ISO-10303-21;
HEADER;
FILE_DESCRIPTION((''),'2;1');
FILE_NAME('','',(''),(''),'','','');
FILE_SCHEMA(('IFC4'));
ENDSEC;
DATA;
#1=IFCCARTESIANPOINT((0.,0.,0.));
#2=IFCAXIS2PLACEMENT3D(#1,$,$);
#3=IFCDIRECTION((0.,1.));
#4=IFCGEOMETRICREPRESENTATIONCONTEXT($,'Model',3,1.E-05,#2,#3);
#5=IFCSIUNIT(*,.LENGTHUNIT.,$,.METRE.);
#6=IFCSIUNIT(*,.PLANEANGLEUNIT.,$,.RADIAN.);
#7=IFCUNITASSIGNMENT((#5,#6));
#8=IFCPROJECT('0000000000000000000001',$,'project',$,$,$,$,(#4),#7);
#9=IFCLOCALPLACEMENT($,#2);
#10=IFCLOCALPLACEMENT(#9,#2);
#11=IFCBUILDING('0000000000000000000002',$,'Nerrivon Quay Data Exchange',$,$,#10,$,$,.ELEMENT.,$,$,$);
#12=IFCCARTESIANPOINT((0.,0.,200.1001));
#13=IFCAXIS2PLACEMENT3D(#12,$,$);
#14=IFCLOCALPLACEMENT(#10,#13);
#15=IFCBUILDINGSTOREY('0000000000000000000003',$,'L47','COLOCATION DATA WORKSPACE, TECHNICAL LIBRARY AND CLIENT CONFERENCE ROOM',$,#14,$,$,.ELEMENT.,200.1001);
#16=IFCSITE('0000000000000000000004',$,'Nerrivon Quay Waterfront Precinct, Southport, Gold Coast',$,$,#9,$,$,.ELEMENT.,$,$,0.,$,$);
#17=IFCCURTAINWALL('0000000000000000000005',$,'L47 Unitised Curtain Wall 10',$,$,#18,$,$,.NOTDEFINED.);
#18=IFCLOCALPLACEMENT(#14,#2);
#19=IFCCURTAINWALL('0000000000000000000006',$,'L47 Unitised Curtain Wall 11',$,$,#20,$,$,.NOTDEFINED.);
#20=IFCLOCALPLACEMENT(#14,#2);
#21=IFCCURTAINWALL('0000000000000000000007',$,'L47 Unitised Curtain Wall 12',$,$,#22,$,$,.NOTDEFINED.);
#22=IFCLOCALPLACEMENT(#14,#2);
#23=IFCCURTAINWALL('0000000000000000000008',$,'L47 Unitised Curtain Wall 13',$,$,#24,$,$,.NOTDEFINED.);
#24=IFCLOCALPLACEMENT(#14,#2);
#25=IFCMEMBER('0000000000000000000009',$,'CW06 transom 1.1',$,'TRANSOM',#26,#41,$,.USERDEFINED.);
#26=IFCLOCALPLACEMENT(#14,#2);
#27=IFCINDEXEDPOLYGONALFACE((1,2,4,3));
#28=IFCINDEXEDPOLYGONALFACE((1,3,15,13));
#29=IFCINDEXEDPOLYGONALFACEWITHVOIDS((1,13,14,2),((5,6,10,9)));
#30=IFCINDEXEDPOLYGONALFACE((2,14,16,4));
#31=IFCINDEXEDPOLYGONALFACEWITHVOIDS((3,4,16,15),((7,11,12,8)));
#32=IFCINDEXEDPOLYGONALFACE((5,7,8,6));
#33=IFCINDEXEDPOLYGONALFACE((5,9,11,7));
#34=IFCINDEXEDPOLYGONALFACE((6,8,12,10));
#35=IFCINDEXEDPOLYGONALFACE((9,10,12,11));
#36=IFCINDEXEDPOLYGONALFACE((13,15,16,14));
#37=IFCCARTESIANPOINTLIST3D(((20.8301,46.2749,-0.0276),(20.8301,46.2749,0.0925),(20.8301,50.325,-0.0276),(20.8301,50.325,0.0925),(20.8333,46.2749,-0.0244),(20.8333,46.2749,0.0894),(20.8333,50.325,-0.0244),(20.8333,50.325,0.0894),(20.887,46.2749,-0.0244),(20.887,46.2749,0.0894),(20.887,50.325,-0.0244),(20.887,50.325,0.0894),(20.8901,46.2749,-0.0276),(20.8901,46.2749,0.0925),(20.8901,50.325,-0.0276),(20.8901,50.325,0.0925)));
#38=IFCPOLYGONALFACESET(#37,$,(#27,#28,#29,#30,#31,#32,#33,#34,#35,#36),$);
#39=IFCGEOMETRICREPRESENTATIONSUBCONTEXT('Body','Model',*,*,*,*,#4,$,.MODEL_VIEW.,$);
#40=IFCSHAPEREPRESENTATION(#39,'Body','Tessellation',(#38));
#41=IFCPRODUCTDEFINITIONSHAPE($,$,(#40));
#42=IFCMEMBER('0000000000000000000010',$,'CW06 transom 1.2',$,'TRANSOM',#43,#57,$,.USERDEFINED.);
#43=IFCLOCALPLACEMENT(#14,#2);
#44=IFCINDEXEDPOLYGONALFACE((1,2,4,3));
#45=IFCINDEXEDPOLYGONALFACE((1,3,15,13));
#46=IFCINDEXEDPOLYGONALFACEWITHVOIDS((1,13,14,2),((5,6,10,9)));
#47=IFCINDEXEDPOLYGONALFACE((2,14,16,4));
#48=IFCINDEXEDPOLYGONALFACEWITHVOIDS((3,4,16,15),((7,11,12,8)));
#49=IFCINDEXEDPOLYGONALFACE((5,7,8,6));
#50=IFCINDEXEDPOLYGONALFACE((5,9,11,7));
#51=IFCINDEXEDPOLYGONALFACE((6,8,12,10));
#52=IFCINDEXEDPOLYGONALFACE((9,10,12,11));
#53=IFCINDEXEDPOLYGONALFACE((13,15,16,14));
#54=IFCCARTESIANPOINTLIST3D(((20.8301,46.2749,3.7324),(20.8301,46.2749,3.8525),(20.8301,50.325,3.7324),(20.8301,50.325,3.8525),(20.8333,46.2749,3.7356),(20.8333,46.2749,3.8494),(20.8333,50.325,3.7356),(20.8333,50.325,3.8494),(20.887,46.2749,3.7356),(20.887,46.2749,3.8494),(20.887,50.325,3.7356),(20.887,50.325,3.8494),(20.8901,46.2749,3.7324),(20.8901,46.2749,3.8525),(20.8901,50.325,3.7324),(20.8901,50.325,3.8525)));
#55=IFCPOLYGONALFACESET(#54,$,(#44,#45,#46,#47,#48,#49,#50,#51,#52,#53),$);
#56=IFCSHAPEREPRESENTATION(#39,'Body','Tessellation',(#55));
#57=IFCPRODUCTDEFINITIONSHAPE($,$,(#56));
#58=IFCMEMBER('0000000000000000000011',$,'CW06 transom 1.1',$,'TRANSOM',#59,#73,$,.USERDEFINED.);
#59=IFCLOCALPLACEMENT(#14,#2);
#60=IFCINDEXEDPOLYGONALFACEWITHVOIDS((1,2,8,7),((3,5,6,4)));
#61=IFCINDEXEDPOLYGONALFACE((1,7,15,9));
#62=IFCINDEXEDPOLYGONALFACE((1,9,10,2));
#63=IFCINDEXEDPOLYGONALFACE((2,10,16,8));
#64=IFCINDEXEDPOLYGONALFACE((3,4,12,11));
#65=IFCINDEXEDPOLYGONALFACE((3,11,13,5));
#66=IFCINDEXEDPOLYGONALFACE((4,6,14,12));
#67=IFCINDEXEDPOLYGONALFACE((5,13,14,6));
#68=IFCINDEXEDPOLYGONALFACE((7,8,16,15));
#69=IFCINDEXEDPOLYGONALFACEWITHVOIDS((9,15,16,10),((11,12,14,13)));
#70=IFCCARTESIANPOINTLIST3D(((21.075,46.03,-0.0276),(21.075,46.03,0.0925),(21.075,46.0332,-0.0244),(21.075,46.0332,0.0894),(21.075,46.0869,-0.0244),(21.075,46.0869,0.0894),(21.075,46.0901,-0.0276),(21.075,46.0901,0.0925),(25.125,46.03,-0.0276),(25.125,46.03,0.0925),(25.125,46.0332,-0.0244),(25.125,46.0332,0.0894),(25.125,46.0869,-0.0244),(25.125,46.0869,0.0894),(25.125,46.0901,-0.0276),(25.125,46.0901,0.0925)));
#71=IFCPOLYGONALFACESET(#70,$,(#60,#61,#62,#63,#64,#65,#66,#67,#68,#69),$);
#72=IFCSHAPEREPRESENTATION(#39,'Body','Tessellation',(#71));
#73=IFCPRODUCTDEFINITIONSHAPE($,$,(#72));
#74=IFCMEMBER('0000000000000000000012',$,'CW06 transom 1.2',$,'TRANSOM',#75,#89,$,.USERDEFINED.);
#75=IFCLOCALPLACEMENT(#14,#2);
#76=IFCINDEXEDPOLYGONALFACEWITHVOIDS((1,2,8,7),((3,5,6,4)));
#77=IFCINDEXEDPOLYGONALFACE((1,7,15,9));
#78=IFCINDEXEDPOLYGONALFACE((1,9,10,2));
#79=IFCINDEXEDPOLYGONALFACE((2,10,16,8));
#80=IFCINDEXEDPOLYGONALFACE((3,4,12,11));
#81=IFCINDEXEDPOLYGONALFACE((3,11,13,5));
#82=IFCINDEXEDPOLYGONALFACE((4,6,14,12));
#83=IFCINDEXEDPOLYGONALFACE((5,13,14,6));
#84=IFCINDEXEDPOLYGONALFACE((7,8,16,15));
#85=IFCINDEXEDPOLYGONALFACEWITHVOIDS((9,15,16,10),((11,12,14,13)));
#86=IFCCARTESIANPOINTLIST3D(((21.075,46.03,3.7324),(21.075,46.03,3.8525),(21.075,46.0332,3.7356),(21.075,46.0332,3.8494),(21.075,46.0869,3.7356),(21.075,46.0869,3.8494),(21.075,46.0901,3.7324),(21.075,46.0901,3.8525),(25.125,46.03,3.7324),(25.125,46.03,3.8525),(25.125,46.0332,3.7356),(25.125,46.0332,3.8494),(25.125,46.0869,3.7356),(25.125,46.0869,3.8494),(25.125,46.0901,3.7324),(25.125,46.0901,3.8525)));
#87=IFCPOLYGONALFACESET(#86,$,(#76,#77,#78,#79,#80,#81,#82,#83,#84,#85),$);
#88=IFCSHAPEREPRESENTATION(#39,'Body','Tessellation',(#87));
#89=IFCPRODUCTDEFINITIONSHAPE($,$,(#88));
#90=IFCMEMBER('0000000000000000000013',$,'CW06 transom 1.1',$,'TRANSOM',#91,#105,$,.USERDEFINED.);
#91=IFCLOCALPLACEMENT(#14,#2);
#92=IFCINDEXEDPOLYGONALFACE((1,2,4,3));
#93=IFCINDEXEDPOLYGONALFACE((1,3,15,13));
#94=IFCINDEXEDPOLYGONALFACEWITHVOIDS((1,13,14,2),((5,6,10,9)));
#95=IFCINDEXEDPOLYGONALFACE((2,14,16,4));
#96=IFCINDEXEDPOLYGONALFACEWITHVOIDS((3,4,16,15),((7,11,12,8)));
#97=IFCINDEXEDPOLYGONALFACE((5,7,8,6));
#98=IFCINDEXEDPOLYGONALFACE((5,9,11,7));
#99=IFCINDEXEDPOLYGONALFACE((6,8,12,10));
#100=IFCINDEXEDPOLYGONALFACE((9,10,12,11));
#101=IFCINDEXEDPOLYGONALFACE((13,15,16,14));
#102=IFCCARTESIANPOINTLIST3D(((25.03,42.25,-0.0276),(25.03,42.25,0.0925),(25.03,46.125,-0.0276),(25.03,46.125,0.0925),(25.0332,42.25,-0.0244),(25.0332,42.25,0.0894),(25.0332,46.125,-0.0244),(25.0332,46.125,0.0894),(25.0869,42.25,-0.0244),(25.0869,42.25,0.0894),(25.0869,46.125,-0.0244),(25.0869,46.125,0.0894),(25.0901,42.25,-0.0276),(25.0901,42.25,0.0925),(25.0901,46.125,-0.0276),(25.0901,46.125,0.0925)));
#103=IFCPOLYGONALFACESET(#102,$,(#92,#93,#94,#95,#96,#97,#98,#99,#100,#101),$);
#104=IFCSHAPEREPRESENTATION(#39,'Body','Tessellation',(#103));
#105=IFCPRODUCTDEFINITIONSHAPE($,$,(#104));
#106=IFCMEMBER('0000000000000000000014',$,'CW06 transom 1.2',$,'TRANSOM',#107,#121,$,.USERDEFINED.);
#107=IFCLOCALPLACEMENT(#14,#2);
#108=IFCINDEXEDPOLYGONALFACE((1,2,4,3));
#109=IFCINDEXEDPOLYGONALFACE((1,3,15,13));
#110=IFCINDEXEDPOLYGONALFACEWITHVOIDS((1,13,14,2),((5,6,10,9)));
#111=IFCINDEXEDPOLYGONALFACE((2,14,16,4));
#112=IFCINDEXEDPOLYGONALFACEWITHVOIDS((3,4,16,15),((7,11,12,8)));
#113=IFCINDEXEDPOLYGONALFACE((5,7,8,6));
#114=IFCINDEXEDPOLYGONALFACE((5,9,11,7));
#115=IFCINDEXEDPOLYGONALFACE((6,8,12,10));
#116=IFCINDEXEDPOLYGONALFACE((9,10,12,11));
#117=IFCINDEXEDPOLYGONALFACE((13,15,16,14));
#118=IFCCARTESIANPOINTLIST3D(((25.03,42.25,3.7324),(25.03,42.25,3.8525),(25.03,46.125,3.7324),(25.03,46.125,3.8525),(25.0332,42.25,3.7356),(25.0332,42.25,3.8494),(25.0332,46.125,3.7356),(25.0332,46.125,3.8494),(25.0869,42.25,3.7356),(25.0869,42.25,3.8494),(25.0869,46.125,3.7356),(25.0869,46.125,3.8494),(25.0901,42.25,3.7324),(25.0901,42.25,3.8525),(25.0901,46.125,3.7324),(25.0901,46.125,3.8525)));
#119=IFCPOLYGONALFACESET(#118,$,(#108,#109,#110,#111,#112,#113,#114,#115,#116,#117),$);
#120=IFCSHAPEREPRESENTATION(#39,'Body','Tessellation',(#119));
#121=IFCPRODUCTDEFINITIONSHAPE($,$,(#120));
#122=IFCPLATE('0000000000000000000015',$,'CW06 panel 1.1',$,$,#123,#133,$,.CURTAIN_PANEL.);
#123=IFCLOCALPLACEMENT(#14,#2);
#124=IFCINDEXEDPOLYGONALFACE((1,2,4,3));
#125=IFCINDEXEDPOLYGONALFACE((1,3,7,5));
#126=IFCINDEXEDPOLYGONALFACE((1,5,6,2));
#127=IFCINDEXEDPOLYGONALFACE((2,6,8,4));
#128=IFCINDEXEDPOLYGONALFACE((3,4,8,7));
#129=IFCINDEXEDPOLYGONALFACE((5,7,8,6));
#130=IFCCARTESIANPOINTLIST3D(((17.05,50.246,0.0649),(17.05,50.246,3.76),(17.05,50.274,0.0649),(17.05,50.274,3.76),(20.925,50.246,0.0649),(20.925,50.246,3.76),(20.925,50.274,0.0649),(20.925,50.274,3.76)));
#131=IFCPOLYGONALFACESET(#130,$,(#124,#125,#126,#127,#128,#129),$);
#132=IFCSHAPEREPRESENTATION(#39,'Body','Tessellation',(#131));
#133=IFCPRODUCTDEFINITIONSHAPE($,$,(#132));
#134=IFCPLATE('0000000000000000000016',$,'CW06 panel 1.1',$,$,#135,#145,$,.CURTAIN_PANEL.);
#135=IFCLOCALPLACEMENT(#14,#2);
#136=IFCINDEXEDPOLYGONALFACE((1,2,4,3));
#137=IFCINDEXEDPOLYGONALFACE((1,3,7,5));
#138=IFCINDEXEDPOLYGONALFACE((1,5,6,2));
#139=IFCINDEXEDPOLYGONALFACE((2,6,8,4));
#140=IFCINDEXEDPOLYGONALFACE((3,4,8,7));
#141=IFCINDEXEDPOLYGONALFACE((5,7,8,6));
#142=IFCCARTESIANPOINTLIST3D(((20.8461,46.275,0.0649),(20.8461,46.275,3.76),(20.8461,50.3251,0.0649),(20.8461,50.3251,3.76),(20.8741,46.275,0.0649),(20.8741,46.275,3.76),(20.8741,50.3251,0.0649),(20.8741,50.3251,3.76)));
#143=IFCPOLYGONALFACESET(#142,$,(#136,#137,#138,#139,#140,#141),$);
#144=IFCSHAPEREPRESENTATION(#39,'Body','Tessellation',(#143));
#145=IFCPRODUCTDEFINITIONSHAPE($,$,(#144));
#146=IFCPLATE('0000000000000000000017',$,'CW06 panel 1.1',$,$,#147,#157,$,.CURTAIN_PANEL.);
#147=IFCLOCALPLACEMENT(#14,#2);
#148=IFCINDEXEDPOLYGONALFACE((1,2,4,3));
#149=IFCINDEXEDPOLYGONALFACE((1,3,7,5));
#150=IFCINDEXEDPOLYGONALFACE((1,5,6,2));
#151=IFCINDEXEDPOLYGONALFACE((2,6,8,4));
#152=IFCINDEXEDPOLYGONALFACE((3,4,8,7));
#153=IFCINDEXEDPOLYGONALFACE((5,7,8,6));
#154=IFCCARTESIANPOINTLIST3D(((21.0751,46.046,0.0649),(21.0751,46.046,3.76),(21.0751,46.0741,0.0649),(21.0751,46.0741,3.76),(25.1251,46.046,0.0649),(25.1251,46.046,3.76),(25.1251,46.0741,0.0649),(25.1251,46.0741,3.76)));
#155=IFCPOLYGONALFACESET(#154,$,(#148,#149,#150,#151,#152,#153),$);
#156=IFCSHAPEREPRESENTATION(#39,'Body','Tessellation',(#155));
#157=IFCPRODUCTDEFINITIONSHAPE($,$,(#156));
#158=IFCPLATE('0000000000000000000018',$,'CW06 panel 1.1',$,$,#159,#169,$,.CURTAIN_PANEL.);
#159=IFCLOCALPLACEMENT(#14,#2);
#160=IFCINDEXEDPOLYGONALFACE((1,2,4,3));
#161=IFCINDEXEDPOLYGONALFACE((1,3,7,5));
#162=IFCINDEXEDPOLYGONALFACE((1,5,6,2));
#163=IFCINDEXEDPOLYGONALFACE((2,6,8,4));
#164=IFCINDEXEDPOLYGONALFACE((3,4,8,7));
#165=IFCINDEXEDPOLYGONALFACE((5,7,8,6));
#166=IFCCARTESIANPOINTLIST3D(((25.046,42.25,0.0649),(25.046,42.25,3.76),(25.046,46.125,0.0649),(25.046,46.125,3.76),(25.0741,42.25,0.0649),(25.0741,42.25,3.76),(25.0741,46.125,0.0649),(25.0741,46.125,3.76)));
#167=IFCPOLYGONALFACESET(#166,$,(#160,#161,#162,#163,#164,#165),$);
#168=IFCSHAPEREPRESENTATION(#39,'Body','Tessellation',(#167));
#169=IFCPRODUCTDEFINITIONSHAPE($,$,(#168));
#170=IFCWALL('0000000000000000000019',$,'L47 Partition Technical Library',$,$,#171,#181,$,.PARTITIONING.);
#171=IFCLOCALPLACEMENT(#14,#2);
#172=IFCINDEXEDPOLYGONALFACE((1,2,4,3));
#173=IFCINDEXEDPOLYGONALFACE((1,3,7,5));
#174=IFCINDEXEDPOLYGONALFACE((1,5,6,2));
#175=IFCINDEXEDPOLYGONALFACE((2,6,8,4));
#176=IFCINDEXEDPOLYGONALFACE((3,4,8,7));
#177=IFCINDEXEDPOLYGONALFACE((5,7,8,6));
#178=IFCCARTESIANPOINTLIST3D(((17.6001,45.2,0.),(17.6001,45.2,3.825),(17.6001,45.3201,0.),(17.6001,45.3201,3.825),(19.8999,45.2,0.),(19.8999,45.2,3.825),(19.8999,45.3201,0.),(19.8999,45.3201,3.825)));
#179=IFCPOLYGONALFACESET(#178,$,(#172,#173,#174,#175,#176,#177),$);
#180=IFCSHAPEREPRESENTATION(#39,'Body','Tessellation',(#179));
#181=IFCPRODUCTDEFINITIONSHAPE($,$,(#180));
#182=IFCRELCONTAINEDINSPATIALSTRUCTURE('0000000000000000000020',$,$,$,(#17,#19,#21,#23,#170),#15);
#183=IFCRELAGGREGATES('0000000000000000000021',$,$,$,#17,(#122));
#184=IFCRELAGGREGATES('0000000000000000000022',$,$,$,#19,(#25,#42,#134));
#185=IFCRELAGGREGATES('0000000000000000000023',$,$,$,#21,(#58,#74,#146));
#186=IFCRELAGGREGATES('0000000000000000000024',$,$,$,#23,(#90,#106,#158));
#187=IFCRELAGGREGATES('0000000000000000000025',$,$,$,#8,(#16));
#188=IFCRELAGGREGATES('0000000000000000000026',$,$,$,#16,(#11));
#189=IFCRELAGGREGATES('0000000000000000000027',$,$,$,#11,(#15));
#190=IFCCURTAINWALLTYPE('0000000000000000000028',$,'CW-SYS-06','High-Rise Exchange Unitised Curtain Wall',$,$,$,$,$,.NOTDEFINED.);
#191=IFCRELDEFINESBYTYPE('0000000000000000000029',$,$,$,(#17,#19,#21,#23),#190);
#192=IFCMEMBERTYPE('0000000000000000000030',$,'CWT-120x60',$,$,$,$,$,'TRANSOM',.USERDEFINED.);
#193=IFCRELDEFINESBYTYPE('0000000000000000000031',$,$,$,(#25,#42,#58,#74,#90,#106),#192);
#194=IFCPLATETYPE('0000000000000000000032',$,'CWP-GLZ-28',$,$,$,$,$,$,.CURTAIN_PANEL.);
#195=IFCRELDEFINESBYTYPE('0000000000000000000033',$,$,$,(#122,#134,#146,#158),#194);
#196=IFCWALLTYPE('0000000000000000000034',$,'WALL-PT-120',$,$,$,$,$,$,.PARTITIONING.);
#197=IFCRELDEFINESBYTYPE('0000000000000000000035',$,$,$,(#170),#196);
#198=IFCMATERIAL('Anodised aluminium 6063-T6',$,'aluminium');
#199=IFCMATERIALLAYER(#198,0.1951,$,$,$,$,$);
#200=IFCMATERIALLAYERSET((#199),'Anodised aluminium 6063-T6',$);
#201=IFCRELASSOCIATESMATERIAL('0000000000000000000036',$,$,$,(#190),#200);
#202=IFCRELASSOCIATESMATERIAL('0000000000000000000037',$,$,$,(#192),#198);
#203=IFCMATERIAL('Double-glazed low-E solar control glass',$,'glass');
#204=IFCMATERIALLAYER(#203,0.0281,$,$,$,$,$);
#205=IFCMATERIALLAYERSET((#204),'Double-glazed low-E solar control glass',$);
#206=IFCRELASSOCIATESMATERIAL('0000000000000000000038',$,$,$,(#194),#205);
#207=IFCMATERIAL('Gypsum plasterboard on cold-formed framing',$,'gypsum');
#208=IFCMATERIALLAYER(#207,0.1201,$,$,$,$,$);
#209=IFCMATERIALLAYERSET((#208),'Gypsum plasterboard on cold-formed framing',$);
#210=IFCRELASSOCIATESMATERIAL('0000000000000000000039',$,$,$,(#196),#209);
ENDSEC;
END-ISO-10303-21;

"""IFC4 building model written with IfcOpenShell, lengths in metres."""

from ifc_helpers import new_model, si_unit, direction, frame, frame_2d, origin, origin_2d, place, context, subcontext, project, spatial, rectangle, hollow_rectangle, extrude, material, layer, layer_set, material_profile, profile_set, type_object, element, aggregate, save


model = new_model("IFC4")

# Units and contexts
model_context = context("Model", 3, precision=1e-05, world=origin(), true_north=direction((0.0, 1.0)))
body_context = subcontext(model_context, "Body", "Model", "MODEL_VIEW")
ifc_project = project(units=[si_unit("LENGTHUNIT", "METRE"), si_unit("PLANEANGLEUNIT", "RADIAN")], contexts=[model_context])

# Site, building, storey
site_placement = place(None, origin())
site = spatial("IfcSite", under=ifc_project, at=site_placement, Name="Nerrivon Quay Waterfront Precinct, Southport, Gold Coast", CompositionType="ELEMENT", RefElevation=0.0)
building_placement = place(site_placement, origin())
building = spatial("IfcBuilding", under=site, at=building_placement, Name="Nerrivon Quay Data Exchange", CompositionType="ELEMENT")
storey_placement = place(building_placement, frame((0.0, 0.0, 200.1001)))
storey = spatial("IfcBuildingStorey", under=building, at=storey_placement, Name="L47", Description="COLOCATION DATA WORKSPACE, TECHNICAL LIBRARY AND CLIENT CONFERENCE ROOM", CompositionType="ELEMENT", Elevation=200.1001)

# Curtain walls
ifc_material_1 = material(Name="Anodised aluminium 6063-T6", Category="aluminium")
ifc_layer_1 = layer(ifc_material_1, 0.1951)
ifc_layer_set_1 = layer_set([ifc_layer_1], Name="Anodised aluminium 6063-T6")
curtain_wall_type = type_object("IfcCurtainWallType", Name="CW-SYS-06", Description="High-Rise Exchange Unitised Curtain Wall", PredefinedType="NOTDEFINED", material=ifc_layer_set_1)
curtain_wall_1_placement = place(storey_placement, origin())
curtain_wall_1 = element("IfcCurtainWall", 1, at=curtain_wall_1_placement, inside=storey, type_object=curtain_wall_type, Name="L47 Unitised Curtain Wall 10", PredefinedType="NOTDEFINED")
curtain_wall_2_placement = place(storey_placement, origin())
curtain_wall_2 = element("IfcCurtainWall", 2, at=curtain_wall_2_placement, inside=storey, type_object=curtain_wall_type, Name="L47 Unitised Curtain Wall 11", PredefinedType="NOTDEFINED")
curtain_wall_3_placement = place(storey_placement, origin())
curtain_wall_3 = element("IfcCurtainWall", 3, at=curtain_wall_3_placement, inside=storey, type_object=curtain_wall_type, Name="L47 Unitised Curtain Wall 12", PredefinedType="NOTDEFINED")

# Curtain wall
curtain_wall_4_placement = place(storey_placement, origin())
curtain_wall_4 = element("IfcCurtainWall", 4, at=curtain_wall_4_placement, inside=storey, type_object=curtain_wall_type, Name="L47 Unitised Curtain Wall 13", PredefinedType="NOTDEFINED")

# Members
ifc_material_profile_1 = material_profile(ifc_material_1, hollow_rectangle(XDim=0.0601, YDim=0.1201, WallThickness=0.0032, at=origin_2d()), Name="ALU-TRAN-120x60")
ifc_profile_set_1 = profile_set([ifc_material_profile_1], Name="Anodised aluminium 6063-T6")
member_type_1 = type_object("IfcMemberType", Name="CWT-120x60", ElementType="TRANSOM", PredefinedType="USERDEFINED", material=ifc_profile_set_1)
member_1_placement = place(storey_placement, frame((20.8601, 50.325, 0.0325), z_axis=(0.0, -1.0, 0.0), x_axis=(1.0, 0.0, 0.0)))
member_1 = element("IfcMember", 5, at=member_1_placement, type_object=member_type_1, Name="CW06 transom 1.1", ObjectType="TRANSOM", PredefinedType="USERDEFINED", context=body_context, shape_type="SweptSolid", body=[
    extrude(hollow_rectangle(XDim=0.0601, YDim=0.1201, WallThickness=0.0032, at=origin_2d()), origin(), (0.0, 0.0, 1.0), 4.05),
])
member_2_placement = place(storey_placement, frame((20.8601, 50.325, 3.7925), z_axis=(0.0, -1.0, 0.0), x_axis=(1.0, 0.0, 0.0)))
member_2 = element("IfcMember", 6, at=member_2_placement, type_object=member_type_1, Name="CW06 transom 1.2", ObjectType="TRANSOM", PredefinedType="USERDEFINED", context=body_context, shape_type="SweptSolid", body=[
    extrude(hollow_rectangle(XDim=0.0601, YDim=0.1201, WallThickness=0.0032, at=origin_2d()), origin(), (0.0, 0.0, 1.0), 4.05),
])
member_3_placement = place(storey_placement, frame((21.075, 46.0601, 0.0325), z_axis=(1.0, 0.0, 0.0), x_axis=(0.0, 1.0, 0.0)))
member_3 = element("IfcMember", 7, at=member_3_placement, type_object=member_type_1, Name="CW06 transom 1.1", ObjectType="TRANSOM", PredefinedType="USERDEFINED", context=body_context, shape_type="SweptSolid", body=[
    extrude(hollow_rectangle(XDim=0.0601, YDim=0.1201, WallThickness=0.0032, at=origin_2d()), origin(), (0.0, 0.0, 1.0), 4.05),
])
member_4_placement = place(storey_placement, frame((21.075, 46.0601, 3.7925), z_axis=(1.0, 0.0, 0.0), x_axis=(0.0, 1.0, 0.0)))
member_4 = element("IfcMember", 8, at=member_4_placement, type_object=member_type_1, Name="CW06 transom 1.2", ObjectType="TRANSOM", PredefinedType="USERDEFINED", context=body_context, shape_type="SweptSolid", body=[
    extrude(hollow_rectangle(XDim=0.0601, YDim=0.1201, WallThickness=0.0032, at=origin_2d()), origin(), (0.0, 0.0, 1.0), 4.05),
])
member_5_placement = place(storey_placement, frame((25.0601, 46.125, 0.0325), z_axis=(0.0, -1.0, 0.0), x_axis=(1.0, 0.0, 0.0)))
member_5 = element("IfcMember", 9, at=member_5_placement, type_object=member_type_1, Name="CW06 transom 1.1", ObjectType="TRANSOM", PredefinedType="USERDEFINED", context=body_context, shape_type="SweptSolid", body=[
    extrude(hollow_rectangle(XDim=0.0601, YDim=0.1201, WallThickness=0.0032, at=origin_2d()), origin(), (0.0, 0.0, 1.0), 3.875),
])
member_6_placement = place(storey_placement, frame((25.0601, 46.125, 3.7925), z_axis=(0.0, -1.0, 0.0), x_axis=(1.0, 0.0, 0.0)))
member_6 = element("IfcMember", 10, at=member_6_placement, type_object=member_type_1, Name="CW06 transom 1.2", ObjectType="TRANSOM", PredefinedType="USERDEFINED", context=body_context, shape_type="SweptSolid", body=[
    extrude(hollow_rectangle(XDim=0.0601, YDim=0.1201, WallThickness=0.0032, at=origin_2d()), origin(), (0.0, 0.0, 1.0), 3.875),
])

# Plates
ifc_material_2 = material(Name="Double-glazed low-E solar control glass", Category="glass")
ifc_layer_2 = layer(ifc_material_2, 0.0281)
ifc_layer_set_2 = layer_set([ifc_layer_2], Name="Double-glazed low-E solar control glass")
plate_type = type_object("IfcPlateType", Name="CWP-GLZ-28", PredefinedType="CURTAIN_PANEL", material=ifc_layer_set_2)
plate_1_placement = place(storey_placement, frame((18.9875, 50.26, 0.0649), z_axis=(0.0, 0.0, 1.0), x_axis=(1.0, 0.0, 0.0)))
plate_1 = element("IfcPlate", 11, at=plate_1_placement, type_object=plate_type, Name="CW06 panel 1.1", PredefinedType="CURTAIN_PANEL", context=body_context, shape_type="SweptSolid", body=[
    extrude(rectangle(XDim=3.875, YDim=0.0281, at=origin_2d()), origin(), (0.0, 0.0, 1.0), 3.6951),
])
aggregate(curtain_wall_1, [plate_1])
plate_2_placement = place(storey_placement, frame((20.8601, 48.3, 0.0649), z_axis=(0.0, 0.0, 1.0), x_axis=(0.0, -1.0, 0.0)))
plate_2 = element("IfcPlate", 12, at=plate_2_placement, type_object=plate_type, Name="CW06 panel 1.1", PredefinedType="CURTAIN_PANEL", context=body_context, shape_type="SweptSolid", body=[
    extrude(rectangle(XDim=4.05, YDim=0.0281, at=origin_2d()), origin(), (0.0, 0.0, 1.0), 3.6951),
])
aggregate(curtain_wall_2, [member_1, member_2, plate_2])
plate_3_placement = place(storey_placement, frame((23.1001, 46.0601, 0.0649), z_axis=(0.0, 0.0, 1.0), x_axis=(1.0, 0.0, 0.0)))
plate_3 = element("IfcPlate", 13, at=plate_3_placement, type_object=plate_type, Name="CW06 panel 1.1", PredefinedType="CURTAIN_PANEL", context=body_context, shape_type="SweptSolid", body=[
    extrude(rectangle(XDim=4.05, YDim=0.0281, at=origin_2d()), origin(), (0.0, 0.0, 1.0), 3.6951),
])
aggregate(curtain_wall_3, [member_3, member_4, plate_3])
plate_4_placement = place(storey_placement, frame((25.0601, 44.1875, 0.0649), z_axis=(0.0, 0.0, 1.0), x_axis=(0.0, -1.0, 0.0)))
plate_4 = element("IfcPlate", 14, at=plate_4_placement, type_object=plate_type, Name="CW06 panel 1.1", PredefinedType="CURTAIN_PANEL", context=body_context, shape_type="SweptSolid", body=[
    extrude(rectangle(XDim=3.875, YDim=0.0281, at=origin_2d()), origin(), (0.0, 0.0, 1.0), 3.6951),
])
aggregate(curtain_wall_4, [member_5, member_6, plate_4])

# Wall
ifc_material_3 = material(Name="Gypsum plasterboard on cold-formed framing", Category="gypsum")
ifc_layer_3 = layer(ifc_material_3, 0.1201)
ifc_layer_set_3 = layer_set([ifc_layer_3], Name="Gypsum plasterboard on cold-formed framing")
wall_type_1 = type_object("IfcWallType", Name="WALL-PT-120", PredefinedType="PARTITIONING", material=ifc_layer_set_3)
wall_1_placement = place(storey_placement, frame((17.6001, 45.26, 0.0), z_axis=(0.0, 0.0, 1.0), x_axis=(1.0, 0.0, 0.0)))
element("IfcWall", 15, at=wall_1_placement, inside=storey, type_object=wall_type_1, Name="L47 Partition Technical Library", PredefinedType="PARTITIONING", context=body_context, shape_type="SweptSolid", body=[
    extrude(rectangle(XDim=2.2998, YDim=0.1201, at=frame_2d((1.1499, 0.0))), origin(), (0.0, 0.0, 1.0), 3.825),
])

save(model, "model.ifc")
